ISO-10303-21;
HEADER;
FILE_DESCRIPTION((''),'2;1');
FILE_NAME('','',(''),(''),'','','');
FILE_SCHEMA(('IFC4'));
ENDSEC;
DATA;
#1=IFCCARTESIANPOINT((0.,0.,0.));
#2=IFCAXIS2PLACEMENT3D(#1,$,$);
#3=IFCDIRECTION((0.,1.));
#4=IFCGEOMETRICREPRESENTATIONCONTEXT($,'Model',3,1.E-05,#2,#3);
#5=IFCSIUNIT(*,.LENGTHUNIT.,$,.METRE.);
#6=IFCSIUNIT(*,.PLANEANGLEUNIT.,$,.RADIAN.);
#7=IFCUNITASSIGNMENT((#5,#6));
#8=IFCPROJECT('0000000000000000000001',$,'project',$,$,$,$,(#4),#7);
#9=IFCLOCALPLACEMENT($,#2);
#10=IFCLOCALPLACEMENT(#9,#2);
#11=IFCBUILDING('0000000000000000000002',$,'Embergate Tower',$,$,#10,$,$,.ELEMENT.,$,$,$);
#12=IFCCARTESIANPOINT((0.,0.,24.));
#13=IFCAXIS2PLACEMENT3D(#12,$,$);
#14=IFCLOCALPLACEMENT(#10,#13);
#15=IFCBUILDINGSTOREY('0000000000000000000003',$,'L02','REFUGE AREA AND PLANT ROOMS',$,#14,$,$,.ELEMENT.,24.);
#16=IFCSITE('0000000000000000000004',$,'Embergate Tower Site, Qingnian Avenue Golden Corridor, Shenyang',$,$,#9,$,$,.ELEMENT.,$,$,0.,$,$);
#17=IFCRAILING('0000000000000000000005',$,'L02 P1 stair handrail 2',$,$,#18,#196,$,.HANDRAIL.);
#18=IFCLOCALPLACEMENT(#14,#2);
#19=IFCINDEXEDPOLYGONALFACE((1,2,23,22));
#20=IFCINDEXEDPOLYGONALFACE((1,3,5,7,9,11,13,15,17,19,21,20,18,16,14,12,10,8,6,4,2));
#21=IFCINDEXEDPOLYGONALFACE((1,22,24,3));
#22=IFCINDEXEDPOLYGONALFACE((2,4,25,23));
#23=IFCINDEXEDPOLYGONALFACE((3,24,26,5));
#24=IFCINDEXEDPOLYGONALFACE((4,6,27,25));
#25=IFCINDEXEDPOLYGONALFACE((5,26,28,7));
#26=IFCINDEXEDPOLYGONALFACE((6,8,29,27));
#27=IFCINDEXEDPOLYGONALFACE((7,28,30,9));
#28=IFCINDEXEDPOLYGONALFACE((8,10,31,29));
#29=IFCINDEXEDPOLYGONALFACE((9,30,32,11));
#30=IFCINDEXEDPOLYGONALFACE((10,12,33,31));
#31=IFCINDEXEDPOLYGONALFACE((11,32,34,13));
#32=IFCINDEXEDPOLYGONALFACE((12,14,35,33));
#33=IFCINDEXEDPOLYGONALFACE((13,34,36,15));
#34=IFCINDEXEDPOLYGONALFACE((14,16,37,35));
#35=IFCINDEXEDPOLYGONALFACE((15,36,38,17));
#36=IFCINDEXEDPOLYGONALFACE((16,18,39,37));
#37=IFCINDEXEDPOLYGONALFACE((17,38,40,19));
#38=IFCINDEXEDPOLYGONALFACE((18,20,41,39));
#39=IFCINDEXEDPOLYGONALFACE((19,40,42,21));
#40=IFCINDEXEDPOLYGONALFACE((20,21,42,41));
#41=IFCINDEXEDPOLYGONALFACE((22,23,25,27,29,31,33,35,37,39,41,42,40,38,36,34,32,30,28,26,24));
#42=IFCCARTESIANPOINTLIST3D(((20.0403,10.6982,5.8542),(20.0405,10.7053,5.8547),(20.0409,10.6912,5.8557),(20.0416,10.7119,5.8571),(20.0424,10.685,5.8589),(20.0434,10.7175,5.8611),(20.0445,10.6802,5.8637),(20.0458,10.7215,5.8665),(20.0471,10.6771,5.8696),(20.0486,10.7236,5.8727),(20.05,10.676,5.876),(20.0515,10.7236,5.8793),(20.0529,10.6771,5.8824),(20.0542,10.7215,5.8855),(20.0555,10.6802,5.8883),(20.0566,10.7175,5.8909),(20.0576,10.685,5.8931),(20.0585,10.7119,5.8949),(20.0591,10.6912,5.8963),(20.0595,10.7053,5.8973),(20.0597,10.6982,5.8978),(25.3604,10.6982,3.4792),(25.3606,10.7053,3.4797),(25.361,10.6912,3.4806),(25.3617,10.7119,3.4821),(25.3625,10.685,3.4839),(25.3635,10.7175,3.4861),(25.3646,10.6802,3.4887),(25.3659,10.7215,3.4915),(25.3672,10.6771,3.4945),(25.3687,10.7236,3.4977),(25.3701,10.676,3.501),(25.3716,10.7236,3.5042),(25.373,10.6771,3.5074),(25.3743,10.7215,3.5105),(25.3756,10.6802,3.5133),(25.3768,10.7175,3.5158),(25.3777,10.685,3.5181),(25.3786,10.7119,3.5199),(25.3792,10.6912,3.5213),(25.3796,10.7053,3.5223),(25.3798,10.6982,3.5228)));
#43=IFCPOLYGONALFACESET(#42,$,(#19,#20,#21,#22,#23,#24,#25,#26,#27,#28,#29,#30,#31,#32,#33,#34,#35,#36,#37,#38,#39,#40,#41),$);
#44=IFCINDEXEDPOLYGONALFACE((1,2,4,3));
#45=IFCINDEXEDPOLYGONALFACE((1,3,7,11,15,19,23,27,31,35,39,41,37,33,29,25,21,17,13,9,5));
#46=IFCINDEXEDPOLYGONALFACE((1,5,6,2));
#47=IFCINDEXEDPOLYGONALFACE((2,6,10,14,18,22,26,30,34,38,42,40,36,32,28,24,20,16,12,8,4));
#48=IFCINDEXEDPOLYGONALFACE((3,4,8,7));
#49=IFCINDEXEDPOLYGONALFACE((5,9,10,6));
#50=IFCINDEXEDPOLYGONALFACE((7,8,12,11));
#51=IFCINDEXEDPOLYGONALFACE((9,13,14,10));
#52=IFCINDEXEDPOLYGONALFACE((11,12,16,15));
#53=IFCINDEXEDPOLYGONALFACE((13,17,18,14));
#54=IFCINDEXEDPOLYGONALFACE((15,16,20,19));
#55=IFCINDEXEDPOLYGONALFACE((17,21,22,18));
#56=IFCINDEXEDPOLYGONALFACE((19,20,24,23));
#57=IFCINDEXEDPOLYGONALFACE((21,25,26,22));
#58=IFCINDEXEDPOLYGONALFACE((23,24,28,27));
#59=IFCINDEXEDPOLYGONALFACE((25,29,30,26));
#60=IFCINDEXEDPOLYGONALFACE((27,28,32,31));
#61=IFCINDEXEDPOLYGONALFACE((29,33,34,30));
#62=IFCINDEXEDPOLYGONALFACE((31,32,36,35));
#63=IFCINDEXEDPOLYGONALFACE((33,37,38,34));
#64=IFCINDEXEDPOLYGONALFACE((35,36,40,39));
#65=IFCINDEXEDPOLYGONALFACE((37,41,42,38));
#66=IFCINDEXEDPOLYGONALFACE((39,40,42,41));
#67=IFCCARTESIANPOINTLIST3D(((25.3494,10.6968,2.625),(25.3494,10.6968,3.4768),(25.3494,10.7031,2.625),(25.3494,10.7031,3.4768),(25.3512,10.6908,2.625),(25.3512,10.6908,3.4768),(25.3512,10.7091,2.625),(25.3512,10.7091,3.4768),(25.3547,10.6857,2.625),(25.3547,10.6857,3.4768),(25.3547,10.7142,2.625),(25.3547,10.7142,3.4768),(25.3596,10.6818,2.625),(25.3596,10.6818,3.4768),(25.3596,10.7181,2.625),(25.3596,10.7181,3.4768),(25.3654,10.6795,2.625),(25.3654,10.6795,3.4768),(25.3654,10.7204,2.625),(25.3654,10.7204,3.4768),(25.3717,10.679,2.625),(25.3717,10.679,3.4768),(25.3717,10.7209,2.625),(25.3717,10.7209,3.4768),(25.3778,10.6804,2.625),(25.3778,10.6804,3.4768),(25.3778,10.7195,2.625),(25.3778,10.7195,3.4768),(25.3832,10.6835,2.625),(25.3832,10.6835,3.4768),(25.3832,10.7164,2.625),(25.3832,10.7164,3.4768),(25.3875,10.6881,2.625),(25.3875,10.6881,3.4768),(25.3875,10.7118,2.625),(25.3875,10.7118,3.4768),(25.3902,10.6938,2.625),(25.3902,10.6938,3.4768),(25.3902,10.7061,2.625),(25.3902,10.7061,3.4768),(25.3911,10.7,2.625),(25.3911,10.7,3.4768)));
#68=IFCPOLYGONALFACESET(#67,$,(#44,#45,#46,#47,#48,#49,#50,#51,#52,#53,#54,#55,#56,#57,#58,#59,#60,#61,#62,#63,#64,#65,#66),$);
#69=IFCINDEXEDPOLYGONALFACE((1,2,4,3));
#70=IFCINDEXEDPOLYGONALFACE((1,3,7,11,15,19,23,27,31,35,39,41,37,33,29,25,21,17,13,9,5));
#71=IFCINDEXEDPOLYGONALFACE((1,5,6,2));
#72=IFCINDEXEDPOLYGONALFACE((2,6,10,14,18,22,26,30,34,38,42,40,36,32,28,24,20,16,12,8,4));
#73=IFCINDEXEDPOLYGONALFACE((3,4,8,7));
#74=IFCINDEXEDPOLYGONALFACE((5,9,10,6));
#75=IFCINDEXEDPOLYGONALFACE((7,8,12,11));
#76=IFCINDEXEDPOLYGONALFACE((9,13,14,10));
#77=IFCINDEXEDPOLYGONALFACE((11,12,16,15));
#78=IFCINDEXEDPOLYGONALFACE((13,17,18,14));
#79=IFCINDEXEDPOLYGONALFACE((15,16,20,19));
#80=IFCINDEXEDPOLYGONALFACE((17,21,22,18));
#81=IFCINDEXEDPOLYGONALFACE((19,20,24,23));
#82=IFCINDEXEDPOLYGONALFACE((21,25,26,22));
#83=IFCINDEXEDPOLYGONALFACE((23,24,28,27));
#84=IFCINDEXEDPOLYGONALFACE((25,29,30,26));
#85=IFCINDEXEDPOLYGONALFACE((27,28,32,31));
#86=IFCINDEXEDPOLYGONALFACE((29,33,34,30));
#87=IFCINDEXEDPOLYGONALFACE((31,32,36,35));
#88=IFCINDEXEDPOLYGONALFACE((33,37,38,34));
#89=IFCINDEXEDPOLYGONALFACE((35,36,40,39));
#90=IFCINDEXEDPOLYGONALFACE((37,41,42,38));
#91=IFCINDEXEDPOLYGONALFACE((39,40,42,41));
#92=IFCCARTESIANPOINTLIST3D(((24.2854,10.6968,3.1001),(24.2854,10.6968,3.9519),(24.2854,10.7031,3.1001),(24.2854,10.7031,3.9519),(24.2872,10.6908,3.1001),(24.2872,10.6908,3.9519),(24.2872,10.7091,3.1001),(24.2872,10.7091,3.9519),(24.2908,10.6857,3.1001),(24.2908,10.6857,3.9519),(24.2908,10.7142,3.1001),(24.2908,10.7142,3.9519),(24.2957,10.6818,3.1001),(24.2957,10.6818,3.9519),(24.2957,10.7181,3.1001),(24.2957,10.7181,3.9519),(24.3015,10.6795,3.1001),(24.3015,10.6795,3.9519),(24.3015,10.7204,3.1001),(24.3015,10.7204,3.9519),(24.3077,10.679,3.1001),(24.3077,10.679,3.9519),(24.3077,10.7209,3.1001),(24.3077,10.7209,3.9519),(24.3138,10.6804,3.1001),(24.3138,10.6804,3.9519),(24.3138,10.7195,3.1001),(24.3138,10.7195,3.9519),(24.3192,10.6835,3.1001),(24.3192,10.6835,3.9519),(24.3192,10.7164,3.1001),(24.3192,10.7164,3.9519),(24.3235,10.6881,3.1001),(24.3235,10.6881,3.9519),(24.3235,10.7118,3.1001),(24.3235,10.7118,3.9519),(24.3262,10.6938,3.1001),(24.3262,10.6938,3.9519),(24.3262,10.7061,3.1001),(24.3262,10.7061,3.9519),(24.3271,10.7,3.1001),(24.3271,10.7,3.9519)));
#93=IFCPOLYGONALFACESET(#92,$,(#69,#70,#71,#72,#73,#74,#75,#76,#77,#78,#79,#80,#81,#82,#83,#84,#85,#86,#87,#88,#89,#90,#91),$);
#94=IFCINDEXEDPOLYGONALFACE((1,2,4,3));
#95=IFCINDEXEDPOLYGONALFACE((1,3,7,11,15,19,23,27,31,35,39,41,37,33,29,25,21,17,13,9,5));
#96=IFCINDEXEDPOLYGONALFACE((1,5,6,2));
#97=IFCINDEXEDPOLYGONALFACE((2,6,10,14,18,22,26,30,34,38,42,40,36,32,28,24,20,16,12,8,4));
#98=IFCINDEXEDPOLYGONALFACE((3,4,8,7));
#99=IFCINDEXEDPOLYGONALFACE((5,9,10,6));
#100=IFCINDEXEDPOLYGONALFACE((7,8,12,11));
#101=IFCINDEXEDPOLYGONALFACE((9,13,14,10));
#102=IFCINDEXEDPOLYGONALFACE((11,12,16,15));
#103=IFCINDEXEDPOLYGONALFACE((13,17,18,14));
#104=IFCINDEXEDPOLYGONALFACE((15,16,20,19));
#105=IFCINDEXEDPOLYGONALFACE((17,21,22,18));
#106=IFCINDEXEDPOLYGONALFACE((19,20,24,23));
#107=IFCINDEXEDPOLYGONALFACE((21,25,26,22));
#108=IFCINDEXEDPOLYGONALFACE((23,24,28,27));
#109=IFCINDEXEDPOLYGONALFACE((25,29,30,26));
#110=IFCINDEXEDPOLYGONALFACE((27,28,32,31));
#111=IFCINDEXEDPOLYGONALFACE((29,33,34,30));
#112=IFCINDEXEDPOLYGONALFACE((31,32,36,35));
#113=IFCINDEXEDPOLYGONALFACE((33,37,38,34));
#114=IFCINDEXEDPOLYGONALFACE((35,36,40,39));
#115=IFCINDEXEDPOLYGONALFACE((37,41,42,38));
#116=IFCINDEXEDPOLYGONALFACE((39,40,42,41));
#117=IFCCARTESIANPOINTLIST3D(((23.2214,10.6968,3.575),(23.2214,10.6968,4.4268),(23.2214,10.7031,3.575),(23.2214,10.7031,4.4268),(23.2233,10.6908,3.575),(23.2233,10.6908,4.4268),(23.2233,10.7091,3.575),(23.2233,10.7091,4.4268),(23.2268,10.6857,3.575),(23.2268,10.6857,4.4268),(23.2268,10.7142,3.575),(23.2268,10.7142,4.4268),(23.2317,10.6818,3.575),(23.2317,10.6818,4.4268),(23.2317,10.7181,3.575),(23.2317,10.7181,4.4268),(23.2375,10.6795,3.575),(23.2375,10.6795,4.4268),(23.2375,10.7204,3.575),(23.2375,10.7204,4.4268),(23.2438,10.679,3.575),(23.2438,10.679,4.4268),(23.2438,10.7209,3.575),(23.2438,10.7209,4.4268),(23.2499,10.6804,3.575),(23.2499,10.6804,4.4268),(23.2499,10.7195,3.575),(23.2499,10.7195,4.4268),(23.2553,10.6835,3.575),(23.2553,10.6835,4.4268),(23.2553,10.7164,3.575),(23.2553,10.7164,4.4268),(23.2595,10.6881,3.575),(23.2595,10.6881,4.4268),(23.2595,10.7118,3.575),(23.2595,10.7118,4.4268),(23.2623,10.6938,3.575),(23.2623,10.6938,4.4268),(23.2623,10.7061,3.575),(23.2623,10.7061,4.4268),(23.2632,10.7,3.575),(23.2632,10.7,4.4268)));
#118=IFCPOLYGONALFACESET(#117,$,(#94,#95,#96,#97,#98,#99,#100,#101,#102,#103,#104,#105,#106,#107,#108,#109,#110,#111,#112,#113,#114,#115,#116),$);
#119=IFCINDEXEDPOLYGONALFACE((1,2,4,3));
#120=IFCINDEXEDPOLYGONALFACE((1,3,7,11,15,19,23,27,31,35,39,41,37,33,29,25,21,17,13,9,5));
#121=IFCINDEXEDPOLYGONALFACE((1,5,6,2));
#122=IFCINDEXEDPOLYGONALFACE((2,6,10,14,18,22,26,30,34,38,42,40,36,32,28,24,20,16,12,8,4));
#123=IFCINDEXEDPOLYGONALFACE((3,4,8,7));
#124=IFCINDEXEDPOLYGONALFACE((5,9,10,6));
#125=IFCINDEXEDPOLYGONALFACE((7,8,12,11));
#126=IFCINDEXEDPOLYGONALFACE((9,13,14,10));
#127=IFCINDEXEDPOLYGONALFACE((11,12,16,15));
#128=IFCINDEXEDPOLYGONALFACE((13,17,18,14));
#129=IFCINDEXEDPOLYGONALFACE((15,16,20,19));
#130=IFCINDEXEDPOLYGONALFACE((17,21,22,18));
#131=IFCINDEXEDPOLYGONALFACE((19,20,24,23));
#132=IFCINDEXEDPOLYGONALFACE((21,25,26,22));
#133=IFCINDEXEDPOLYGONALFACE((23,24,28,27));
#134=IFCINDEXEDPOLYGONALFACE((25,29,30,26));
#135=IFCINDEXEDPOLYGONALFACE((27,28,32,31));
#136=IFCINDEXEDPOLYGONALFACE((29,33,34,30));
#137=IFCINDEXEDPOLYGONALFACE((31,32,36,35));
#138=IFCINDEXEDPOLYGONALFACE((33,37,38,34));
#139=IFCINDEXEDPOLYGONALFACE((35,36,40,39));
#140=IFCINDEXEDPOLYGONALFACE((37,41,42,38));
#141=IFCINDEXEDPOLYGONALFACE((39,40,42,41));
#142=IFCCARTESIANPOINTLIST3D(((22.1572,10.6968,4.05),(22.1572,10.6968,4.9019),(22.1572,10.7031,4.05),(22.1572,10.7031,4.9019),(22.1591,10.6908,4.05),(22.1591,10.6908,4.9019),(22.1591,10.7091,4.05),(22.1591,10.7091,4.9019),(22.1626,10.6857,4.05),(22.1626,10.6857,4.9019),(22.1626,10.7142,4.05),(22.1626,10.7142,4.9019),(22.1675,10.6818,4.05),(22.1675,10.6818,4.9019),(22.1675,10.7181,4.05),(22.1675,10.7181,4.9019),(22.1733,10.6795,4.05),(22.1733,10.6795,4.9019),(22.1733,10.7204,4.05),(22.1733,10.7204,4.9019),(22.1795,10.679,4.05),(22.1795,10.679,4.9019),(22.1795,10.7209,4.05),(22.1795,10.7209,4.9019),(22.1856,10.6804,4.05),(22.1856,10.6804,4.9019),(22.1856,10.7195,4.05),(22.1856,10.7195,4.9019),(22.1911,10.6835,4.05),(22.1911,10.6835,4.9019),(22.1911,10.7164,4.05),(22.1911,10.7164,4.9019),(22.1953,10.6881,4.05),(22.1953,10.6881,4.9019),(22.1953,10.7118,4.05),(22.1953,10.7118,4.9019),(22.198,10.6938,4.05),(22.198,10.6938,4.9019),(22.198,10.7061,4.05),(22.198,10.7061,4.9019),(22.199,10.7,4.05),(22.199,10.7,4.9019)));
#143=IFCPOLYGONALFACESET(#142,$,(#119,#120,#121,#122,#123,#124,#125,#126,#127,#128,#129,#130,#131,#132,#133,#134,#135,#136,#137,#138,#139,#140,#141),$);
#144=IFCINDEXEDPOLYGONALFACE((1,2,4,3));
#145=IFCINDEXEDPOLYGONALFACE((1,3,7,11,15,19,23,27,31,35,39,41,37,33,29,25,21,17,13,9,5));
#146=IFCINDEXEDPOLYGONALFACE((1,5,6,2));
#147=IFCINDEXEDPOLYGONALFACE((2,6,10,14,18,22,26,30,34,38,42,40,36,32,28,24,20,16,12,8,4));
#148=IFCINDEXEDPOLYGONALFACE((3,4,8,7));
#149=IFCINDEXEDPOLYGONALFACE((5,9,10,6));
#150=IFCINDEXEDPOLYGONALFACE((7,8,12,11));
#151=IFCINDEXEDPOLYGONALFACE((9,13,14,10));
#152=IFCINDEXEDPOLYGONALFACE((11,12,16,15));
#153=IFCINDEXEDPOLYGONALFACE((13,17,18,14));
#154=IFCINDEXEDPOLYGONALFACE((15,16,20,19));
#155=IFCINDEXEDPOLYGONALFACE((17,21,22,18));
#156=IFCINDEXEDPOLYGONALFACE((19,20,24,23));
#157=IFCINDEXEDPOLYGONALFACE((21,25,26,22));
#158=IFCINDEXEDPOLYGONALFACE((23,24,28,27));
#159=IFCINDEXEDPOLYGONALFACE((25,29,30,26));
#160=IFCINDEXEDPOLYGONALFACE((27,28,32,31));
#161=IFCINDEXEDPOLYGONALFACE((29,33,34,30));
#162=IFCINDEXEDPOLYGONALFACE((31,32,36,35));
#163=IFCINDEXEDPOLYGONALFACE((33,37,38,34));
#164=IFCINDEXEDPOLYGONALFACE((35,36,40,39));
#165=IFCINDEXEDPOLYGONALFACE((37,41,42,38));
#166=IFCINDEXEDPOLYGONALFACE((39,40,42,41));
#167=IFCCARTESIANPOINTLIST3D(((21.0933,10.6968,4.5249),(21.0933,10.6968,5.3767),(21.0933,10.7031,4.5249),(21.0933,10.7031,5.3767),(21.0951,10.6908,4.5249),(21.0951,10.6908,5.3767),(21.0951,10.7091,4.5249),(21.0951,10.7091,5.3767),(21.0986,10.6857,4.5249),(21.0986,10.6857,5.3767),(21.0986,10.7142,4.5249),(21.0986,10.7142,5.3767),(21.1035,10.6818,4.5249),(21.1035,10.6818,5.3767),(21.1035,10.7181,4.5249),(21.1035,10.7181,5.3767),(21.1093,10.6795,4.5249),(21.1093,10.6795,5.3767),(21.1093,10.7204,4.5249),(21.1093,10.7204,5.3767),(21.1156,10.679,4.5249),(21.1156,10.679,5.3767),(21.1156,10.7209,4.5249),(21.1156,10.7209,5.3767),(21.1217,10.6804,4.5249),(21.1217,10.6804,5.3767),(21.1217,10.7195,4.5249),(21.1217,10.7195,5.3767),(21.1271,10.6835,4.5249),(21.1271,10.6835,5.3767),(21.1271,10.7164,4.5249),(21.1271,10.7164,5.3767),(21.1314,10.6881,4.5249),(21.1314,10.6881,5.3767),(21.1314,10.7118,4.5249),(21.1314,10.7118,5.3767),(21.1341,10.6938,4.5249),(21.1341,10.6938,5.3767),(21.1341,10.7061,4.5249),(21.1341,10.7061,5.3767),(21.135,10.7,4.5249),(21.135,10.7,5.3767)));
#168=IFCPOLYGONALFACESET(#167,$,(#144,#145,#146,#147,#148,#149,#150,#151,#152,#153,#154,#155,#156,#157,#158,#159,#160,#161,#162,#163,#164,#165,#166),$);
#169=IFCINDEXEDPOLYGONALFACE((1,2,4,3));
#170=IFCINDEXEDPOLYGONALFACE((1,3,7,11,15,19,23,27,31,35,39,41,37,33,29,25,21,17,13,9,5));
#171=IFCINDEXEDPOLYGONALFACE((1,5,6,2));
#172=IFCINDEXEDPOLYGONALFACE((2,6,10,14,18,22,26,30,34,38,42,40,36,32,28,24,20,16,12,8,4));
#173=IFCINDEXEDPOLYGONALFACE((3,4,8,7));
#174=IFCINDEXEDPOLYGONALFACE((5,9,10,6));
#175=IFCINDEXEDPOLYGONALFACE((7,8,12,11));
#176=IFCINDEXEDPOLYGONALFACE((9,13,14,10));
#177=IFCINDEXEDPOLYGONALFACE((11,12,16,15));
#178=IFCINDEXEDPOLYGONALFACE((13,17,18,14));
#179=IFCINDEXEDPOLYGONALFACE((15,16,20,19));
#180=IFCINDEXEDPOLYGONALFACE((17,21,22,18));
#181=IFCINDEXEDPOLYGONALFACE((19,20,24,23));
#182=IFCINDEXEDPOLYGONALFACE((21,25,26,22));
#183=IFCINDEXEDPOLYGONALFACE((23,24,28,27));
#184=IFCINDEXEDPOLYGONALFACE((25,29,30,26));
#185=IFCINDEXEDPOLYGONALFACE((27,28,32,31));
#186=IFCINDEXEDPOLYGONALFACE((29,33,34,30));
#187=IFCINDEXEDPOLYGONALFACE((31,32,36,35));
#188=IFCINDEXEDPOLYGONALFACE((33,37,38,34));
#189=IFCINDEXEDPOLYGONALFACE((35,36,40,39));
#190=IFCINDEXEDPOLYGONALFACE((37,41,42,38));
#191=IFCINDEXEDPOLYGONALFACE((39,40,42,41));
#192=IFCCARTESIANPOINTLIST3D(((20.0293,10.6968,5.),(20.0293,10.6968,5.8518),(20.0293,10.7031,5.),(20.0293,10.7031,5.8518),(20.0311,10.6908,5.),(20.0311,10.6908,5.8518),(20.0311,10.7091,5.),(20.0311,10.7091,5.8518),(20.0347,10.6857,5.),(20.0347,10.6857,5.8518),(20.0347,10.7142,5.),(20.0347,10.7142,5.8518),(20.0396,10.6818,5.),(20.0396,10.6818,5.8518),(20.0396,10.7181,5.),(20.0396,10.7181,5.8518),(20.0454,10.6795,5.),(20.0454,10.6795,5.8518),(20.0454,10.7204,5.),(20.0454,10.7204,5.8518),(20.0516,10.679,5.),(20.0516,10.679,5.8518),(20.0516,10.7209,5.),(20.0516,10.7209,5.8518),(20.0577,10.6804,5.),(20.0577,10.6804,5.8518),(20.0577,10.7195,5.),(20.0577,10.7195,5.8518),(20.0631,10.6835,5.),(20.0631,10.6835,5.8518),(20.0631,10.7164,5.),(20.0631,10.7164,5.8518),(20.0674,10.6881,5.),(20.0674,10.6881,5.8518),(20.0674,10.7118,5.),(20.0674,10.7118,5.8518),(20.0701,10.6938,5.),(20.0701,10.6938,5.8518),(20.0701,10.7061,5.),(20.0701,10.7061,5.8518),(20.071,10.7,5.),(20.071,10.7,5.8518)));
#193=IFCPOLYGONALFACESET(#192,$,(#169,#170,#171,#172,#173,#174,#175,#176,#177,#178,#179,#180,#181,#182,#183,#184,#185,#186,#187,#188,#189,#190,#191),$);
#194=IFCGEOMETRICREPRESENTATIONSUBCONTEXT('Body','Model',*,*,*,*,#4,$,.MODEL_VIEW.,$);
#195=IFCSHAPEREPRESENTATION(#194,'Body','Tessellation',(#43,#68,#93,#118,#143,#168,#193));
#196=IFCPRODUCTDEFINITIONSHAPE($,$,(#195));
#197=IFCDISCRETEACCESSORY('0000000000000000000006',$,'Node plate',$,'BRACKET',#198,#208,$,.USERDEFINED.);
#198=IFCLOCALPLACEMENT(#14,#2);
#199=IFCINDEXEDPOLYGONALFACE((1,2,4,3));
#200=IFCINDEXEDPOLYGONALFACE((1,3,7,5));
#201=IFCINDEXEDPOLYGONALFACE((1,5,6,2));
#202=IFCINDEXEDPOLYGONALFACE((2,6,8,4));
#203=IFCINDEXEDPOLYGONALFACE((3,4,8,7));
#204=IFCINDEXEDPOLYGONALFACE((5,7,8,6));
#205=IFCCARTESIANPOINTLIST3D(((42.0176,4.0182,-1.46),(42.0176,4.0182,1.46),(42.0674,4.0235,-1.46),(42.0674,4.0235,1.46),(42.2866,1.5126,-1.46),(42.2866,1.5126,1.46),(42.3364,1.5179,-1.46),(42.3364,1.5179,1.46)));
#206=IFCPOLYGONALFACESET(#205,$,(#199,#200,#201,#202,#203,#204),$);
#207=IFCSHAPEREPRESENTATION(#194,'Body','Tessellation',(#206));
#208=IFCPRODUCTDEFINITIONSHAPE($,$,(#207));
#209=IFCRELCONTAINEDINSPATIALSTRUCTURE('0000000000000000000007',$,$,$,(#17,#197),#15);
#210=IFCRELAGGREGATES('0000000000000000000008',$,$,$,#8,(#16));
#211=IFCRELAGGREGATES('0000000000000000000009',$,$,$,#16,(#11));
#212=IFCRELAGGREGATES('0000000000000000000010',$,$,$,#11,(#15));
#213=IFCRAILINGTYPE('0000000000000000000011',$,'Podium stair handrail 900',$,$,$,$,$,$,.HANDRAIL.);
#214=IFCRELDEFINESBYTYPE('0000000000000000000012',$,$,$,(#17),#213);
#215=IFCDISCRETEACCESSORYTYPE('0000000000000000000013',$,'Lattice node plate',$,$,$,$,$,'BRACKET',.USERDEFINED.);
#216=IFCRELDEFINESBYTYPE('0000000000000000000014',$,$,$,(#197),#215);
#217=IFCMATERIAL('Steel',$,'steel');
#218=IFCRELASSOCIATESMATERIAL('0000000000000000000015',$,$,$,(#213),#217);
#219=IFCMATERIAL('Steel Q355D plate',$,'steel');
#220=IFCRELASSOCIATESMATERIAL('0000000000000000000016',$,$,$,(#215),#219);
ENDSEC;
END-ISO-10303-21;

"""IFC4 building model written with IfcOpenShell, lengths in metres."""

from ifc_helpers import new_model, si_unit, direction, frame, origin, origin_2d, place, context, subcontext, project, spatial, rectangle, circle, extrude, source, transform, mapped, material, type_object, element, save


model = new_model("IFC4")

# Units and contexts
model_context = context("Model", 3, precision=1e-05, world=origin(), true_north=direction((0.0, 1.0)))
body_context = subcontext(model_context, "Body", "Model", "MODEL_VIEW")
ifc_project = project(units=[si_unit("LENGTHUNIT", "METRE"), si_unit("PLANEANGLEUNIT", "RADIAN")], contexts=[model_context])

# Site, building, storey
site_placement = place(None, origin())
site = spatial("IfcSite", under=ifc_project, at=site_placement, Name="Embergate Tower Site, Qingnian Avenue Golden Corridor, Shenyang", CompositionType="ELEMENT", RefElevation=0.0)
building_placement = place(site_placement, origin())
building = spatial("IfcBuilding", under=site, at=building_placement, Name="Embergate Tower", CompositionType="ELEMENT")
storey_placement = place(building_placement, frame((0.0, 0.0, 24.0)))
storey = spatial("IfcBuildingStorey", under=building, at=storey_placement, Name="L02", Description="REFUGE AREA AND PLANT ROOMS", CompositionType="ELEMENT", Elevation=24.0)

# Railing
ifc_material_1 = material(Name="Steel", Category="steel")
railing_type_1 = type_object("IfcRailingType", Name="Podium stair handrail 900", PredefinedType="HANDRAIL", material=ifc_material_1)
shared_shape_1 = source(origin(), body_context, "Body", "SweptSolid", [
    extrude(circle(Radius=0.0239, at=origin_2d()), frame((0.0, 0.0, 0.876), z_axis=(-0.91314, 0.0, 0.407646), x_axis=(0.0, -1.0, 0.0)), (0.0, 0.0, 1.0), 5.8262),
    extrude(circle(Radius=0.021, at=origin_2d()), origin(), (0.0, 0.0, 1.0), 0.8518),
    extrude(circle(Radius=0.021, at=origin_2d()), frame((-1.064, 0.0, 0.4751)), (0.0, 0.0, 1.0), 0.8518),
    extrude(circle(Radius=0.021, at=origin_2d()), frame((-2.1279, 0.0, 0.95)), (0.0, 0.0, 1.0), 0.8518),
    extrude(circle(Radius=0.021, at=origin_2d()), frame((-3.1921, 0.0, 1.425)), (0.0, 0.0, 1.0), 0.8518),
    extrude(circle(Radius=0.021, at=origin_2d()), frame((-4.2561, 0.0, 1.8999)), (0.0, 0.0, 1.0), 0.8518),
    extrude(circle(Radius=0.021, at=origin_2d()), frame((-5.3201, 0.0, 2.375)), (0.0, 0.0, 1.0), 0.8518),
])
railing_1_placement = place(storey_placement, frame((25.3701, 10.7, 2.625)))
element("IfcRailing", 1, at=railing_1_placement, inside=storey, type_object=railing_type_1, Name="L02 P1 stair handrail 2", PredefinedType="HANDRAIL", context=body_context, shape_type="MappedRepresentation", body=[
    mapped(shared_shape_1, transform((0.0, 0.0, 0.0))),
])

# Discrete accessory
ifc_material_2 = material(Name="Steel Q355D plate", Category="steel")
discrete_accessory_type = type_object("IfcDiscreteAccessoryType", Name="Lattice node plate", ElementType="BRACKET", PredefinedType="USERDEFINED", material=ifc_material_2)
shared_shape_2 = source(origin(), body_context, "Body", "SweptSolid", [
    extrude(rectangle(XDim=2.52, YDim=0.05, at=origin_2d()), origin(), (0.0, 0.0, 1.0), 2.9199),
])
discrete_accessory_placement = place(storey_placement, frame((42.177, 2.7681, -1.46), z_axis=(0.0, 0.0, 1.0), x_axis=(-0.10675, 0.994286, 0.0)))
element("IfcDiscreteAccessory", 2, at=discrete_accessory_placement, inside=storey, type_object=discrete_accessory_type, Name="Node plate", ObjectType="BRACKET", PredefinedType="USERDEFINED", context=body_context, shape_type="MappedRepresentation", body=[
    mapped(shared_shape_2, transform((0.0, 0.0, 0.0))),
])

save(model, "model.ifc")
